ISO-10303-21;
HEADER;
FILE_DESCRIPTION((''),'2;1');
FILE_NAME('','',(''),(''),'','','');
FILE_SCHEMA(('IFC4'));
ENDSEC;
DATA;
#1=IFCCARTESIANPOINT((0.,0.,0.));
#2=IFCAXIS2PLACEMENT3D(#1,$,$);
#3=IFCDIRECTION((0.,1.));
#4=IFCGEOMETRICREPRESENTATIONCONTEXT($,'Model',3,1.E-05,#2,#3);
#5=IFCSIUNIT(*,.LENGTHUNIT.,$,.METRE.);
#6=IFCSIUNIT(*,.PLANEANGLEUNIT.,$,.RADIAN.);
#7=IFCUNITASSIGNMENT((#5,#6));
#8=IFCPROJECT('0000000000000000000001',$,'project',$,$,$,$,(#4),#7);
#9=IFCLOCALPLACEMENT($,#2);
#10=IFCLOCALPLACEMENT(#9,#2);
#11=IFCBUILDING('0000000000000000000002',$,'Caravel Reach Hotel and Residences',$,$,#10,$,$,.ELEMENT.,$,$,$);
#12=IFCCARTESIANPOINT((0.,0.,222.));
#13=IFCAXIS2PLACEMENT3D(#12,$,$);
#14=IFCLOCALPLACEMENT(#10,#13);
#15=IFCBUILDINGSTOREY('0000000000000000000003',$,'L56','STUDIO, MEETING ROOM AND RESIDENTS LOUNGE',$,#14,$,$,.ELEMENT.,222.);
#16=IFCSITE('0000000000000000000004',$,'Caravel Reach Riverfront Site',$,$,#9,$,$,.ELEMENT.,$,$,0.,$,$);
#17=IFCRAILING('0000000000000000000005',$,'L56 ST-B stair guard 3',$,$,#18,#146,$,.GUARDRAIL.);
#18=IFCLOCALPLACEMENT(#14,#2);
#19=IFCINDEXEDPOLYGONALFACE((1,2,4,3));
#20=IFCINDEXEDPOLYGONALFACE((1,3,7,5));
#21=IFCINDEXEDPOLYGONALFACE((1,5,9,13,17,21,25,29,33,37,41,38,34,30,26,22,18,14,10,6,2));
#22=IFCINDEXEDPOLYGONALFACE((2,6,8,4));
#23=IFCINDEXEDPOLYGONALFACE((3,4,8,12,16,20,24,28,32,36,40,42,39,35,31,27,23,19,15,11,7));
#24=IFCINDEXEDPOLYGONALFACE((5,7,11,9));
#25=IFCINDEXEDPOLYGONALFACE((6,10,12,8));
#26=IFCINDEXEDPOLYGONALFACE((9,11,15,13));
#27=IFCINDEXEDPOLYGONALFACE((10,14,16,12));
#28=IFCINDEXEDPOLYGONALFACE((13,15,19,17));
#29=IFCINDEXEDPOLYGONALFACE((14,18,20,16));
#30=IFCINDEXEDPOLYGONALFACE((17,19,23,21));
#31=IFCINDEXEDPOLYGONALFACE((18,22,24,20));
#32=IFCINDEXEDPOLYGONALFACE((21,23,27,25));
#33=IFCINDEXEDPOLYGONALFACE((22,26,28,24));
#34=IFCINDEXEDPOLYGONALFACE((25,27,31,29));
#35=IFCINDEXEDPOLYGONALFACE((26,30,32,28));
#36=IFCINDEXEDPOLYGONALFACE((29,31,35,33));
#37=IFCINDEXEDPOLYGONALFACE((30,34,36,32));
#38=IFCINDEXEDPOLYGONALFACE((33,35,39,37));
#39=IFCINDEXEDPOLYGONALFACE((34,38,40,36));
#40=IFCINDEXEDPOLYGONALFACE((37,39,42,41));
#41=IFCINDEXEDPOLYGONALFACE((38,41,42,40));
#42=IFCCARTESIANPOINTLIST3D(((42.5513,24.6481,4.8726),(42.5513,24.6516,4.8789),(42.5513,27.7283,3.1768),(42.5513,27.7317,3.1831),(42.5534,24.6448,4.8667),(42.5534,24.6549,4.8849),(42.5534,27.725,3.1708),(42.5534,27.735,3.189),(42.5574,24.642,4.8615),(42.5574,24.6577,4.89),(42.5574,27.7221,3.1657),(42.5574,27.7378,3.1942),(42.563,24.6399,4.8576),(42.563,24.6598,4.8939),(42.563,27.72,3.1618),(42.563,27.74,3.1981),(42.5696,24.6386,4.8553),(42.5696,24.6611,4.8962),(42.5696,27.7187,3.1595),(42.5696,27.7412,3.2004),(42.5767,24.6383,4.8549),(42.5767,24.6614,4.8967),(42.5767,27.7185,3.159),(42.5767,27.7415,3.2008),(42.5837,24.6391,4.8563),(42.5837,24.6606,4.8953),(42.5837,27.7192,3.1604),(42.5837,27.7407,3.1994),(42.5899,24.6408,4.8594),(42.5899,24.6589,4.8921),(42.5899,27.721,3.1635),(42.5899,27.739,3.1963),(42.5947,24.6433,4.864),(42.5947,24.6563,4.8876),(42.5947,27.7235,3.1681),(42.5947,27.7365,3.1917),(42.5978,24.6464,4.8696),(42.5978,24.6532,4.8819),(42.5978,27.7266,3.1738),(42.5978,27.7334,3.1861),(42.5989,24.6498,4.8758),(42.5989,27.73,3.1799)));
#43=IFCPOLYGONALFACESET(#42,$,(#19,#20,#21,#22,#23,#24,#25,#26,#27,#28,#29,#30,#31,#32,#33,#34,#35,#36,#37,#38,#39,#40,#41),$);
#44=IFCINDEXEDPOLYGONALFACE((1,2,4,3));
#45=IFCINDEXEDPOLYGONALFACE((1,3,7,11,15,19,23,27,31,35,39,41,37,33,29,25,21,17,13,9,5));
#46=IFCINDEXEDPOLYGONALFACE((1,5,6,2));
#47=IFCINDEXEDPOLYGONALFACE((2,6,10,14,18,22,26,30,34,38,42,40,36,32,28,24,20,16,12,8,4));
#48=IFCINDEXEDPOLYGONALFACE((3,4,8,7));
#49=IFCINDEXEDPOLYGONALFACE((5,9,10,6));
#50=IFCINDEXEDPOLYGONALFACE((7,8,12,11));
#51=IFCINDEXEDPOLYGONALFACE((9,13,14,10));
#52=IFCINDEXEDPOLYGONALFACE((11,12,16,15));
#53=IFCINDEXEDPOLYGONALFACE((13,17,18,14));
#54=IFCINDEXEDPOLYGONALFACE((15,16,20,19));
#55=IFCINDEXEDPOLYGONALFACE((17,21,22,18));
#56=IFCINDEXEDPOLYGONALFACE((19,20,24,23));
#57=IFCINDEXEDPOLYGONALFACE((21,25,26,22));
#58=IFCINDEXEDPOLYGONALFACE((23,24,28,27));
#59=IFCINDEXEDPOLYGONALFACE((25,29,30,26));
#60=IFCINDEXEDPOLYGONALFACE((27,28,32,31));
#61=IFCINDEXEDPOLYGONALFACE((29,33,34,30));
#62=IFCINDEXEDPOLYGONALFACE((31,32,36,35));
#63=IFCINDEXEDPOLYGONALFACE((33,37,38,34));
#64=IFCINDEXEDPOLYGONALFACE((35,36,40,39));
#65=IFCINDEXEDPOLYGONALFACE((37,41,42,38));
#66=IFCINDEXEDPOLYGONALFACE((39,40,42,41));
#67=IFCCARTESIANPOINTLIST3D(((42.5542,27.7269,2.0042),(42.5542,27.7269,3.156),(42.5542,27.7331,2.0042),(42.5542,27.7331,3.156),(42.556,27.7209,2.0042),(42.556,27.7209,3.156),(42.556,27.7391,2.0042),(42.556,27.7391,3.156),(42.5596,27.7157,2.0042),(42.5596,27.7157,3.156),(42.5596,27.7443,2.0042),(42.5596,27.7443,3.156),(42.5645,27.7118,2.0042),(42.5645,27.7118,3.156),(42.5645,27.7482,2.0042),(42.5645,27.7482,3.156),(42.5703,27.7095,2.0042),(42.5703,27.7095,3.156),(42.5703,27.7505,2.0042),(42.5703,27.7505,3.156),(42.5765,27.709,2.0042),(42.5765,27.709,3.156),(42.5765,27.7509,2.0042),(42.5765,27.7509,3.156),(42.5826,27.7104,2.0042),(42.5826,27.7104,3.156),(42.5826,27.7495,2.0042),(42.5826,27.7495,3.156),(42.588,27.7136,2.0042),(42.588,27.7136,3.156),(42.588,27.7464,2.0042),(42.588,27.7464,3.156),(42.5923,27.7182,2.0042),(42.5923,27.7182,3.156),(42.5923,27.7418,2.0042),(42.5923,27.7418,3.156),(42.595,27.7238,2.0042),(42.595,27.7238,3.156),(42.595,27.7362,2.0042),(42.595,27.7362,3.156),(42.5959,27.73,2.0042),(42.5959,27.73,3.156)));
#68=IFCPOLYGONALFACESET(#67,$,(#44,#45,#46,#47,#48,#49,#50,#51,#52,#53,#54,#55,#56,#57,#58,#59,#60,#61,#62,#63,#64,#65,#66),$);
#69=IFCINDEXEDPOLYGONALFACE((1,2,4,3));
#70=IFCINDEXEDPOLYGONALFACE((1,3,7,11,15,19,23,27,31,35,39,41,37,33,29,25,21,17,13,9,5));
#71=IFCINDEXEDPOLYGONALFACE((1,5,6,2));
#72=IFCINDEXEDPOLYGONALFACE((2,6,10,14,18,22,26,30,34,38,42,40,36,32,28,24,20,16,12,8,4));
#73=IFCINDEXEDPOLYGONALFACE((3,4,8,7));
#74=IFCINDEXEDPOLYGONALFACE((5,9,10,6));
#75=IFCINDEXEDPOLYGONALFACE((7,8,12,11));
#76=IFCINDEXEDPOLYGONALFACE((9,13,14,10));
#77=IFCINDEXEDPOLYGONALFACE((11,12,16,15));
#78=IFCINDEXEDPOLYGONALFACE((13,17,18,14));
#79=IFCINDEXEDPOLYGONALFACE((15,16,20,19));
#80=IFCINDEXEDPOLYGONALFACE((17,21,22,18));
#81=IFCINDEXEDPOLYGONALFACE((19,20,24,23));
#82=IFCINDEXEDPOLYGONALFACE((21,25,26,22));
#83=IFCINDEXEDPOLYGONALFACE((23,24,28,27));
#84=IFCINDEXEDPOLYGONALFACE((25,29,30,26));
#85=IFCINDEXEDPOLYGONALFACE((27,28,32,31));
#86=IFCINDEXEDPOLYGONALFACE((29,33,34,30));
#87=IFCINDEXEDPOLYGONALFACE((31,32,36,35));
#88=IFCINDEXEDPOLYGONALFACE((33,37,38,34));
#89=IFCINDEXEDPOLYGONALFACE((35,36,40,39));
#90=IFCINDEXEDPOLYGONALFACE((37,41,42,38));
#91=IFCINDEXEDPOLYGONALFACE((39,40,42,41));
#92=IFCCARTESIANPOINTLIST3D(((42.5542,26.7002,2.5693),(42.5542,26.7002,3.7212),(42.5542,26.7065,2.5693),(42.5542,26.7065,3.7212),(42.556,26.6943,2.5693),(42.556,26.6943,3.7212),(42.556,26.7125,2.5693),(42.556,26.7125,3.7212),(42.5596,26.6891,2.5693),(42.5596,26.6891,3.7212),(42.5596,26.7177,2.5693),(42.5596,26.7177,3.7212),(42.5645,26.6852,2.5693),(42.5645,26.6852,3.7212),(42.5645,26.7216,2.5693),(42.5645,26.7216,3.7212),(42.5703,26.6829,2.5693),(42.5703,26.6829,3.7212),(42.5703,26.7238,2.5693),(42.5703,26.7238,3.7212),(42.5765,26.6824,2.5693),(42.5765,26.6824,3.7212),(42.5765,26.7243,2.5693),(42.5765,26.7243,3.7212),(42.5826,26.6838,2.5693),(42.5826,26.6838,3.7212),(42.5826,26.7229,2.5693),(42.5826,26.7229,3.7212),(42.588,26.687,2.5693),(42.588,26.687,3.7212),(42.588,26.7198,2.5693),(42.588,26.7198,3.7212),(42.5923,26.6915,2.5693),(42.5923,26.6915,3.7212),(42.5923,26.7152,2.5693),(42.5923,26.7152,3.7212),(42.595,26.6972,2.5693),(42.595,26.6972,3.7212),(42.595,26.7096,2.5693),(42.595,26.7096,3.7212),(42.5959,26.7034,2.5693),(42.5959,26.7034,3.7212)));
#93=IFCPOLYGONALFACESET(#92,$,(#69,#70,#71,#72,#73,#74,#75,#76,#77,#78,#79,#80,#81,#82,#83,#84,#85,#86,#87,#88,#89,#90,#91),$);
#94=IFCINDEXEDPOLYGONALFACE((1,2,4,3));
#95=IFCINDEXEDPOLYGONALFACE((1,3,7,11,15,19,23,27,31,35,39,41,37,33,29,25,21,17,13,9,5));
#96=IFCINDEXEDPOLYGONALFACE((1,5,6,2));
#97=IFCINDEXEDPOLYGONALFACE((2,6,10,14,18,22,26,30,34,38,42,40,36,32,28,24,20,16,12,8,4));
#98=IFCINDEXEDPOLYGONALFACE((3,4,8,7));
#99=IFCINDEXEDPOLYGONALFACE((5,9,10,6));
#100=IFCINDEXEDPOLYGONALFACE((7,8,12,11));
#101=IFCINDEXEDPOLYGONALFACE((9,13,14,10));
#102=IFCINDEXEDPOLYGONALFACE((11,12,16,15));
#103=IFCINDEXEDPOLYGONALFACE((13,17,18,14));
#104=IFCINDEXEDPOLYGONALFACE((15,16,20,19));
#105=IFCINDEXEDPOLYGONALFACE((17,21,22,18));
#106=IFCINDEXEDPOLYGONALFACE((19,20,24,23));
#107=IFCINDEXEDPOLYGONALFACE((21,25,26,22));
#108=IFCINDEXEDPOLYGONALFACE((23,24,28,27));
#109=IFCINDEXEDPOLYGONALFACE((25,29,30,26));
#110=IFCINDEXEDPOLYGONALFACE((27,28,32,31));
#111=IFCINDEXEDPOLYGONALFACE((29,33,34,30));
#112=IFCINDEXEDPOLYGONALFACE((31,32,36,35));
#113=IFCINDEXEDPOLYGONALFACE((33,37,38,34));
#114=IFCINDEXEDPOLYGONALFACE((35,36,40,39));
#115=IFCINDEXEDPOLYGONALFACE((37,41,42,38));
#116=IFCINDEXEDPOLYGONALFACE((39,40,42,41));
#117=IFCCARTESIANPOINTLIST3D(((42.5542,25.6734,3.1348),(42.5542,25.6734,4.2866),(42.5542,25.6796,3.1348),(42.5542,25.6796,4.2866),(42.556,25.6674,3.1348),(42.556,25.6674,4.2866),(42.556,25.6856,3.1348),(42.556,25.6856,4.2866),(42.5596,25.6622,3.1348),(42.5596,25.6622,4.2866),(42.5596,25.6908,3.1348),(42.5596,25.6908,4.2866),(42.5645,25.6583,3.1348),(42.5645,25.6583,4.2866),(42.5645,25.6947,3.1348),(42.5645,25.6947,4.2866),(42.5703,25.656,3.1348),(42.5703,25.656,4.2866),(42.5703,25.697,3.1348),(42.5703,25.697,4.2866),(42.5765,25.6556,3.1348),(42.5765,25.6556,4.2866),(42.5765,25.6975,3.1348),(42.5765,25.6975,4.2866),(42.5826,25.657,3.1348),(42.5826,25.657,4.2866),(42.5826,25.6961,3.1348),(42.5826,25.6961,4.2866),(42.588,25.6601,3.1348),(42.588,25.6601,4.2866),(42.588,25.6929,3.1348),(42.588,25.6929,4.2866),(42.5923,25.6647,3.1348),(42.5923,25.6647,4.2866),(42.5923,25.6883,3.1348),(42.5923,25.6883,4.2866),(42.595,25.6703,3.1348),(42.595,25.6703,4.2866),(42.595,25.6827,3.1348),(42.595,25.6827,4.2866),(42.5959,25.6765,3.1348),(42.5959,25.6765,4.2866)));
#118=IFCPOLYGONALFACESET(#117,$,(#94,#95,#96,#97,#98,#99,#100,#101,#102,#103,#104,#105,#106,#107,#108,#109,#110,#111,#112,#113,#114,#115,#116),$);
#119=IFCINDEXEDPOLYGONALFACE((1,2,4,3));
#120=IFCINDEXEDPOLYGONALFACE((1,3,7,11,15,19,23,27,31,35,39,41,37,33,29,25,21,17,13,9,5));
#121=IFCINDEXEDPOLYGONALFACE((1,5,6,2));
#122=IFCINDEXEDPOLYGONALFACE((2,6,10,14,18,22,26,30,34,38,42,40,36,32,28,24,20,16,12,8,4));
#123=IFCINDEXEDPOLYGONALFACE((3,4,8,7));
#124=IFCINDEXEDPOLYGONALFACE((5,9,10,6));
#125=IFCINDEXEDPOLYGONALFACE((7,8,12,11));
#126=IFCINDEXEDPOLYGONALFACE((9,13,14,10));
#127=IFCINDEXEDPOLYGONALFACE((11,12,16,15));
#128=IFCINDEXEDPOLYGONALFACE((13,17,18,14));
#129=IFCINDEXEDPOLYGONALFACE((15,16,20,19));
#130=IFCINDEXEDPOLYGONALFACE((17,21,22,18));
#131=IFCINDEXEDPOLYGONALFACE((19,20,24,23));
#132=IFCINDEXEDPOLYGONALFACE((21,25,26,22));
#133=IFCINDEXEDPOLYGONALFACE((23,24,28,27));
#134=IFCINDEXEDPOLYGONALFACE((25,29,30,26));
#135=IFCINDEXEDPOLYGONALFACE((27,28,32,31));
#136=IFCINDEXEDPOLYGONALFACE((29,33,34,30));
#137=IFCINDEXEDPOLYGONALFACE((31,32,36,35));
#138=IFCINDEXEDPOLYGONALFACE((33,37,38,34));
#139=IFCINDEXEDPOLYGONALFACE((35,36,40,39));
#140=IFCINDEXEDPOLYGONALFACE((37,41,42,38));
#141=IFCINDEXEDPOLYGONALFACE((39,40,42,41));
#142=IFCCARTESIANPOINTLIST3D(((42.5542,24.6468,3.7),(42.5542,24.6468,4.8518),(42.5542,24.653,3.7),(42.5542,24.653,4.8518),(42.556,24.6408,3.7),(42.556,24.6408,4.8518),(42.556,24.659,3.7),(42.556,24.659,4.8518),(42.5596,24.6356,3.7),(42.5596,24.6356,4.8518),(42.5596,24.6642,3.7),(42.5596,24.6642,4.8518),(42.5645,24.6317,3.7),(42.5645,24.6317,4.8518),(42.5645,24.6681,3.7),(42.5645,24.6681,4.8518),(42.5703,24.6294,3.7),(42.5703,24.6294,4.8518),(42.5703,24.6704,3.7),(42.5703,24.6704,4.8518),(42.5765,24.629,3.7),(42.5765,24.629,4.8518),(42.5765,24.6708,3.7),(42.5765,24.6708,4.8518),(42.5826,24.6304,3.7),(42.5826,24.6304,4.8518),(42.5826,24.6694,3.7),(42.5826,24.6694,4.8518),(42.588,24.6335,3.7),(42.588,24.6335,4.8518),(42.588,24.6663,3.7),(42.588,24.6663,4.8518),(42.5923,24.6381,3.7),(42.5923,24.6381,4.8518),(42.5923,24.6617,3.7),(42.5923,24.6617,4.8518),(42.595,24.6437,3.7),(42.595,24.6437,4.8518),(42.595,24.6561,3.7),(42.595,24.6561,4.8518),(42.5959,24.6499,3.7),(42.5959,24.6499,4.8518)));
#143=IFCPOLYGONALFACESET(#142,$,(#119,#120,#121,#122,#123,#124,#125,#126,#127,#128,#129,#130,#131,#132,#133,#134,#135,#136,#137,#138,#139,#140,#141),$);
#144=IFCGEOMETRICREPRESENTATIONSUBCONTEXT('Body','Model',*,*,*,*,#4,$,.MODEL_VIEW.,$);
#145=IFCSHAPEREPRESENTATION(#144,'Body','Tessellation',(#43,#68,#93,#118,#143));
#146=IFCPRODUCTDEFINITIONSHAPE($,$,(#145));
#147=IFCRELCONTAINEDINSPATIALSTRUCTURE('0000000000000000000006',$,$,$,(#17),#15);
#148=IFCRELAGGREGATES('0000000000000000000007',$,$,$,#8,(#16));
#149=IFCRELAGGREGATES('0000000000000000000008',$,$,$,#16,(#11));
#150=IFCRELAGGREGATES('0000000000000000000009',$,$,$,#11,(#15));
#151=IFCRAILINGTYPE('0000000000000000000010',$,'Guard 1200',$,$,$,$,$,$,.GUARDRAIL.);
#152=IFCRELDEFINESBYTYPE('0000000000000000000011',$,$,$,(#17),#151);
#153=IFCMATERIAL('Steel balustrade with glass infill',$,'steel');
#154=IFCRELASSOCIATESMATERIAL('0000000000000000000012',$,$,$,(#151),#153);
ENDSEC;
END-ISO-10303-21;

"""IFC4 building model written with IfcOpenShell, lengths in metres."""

from ifc_helpers import new_model, si_unit, direction, frame, origin, origin_2d, place, context, subcontext, project, spatial, circle, extrude, material, type_object, element, save


model = new_model("IFC4")

# Units and contexts
model_context = context("Model", 3, precision=1e-05, world=origin(), true_north=direction((0.0, 1.0)))
body_context = subcontext(model_context, "Body", "Model", "MODEL_VIEW")
ifc_project = project(units=[si_unit("LENGTHUNIT", "METRE"), si_unit("PLANEANGLEUNIT", "RADIAN")], contexts=[model_context])

# Site, building, storey
site_placement = place(None, origin())
site = spatial("IfcSite", under=ifc_project, at=site_placement, Name="Caravel Reach Riverfront Site", CompositionType="ELEMENT", RefElevation=0.0)
building_placement = place(site_placement, origin())
building = spatial("IfcBuilding", under=site, at=building_placement, Name="Caravel Reach Hotel and Residences", CompositionType="ELEMENT")
storey_placement = place(building_placement, frame((0.0, 0.0, 222.0)))
storey = spatial("IfcBuildingStorey", under=building, at=storey_placement, Name="L56", Description="STUDIO, MEETING ROOM AND RESIDENTS LOUNGE", CompositionType="ELEMENT", Elevation=222.0)

# Railing
ifc_material_1 = material(Name="Steel balustrade with glass infill", Category="steel")
railing_type_1 = type_object("IfcRailingType", Name="Guard 1200", PredefinedType="GUARDRAIL", material=ifc_material_1)
railing_1_placement = place(storey_placement, frame((42.575, 27.73, 2.0042)))
element("IfcRailing", 1, at=railing_1_placement, inside=storey, type_object=railing_type_1, Name="L56 ST-B stair guard 3", PredefinedType="GUARDRAIL", context=body_context, shape_type="SweptSolid", body=[
    extrude(circle(Radius=0.0239, at=origin_2d()), frame((0.0, 0.0, 1.1758), z_axis=(0.0, -0.876005, 0.482303), x_axis=(1.0, 0.0, 0.0)), (0.0, 0.0, 1.0), 3.5161),
    extrude(circle(Radius=0.021, at=origin_2d()), origin(), (0.0, 0.0, 1.0), 1.1519),
    extrude(circle(Radius=0.021, at=origin_2d()), frame((0.0, -1.0266, 0.5652)), (0.0, 0.0, 1.0), 1.1519),
    extrude(circle(Radius=0.021, at=origin_2d()), frame((0.0, -2.0535, 1.1306)), (0.0, 0.0, 1.0), 1.1519),
    extrude(circle(Radius=0.021, at=origin_2d()), frame((0.0, -3.0801, 1.6958)), (0.0, 0.0, 1.0), 1.1519),
])

save(model, "model.ifc")
